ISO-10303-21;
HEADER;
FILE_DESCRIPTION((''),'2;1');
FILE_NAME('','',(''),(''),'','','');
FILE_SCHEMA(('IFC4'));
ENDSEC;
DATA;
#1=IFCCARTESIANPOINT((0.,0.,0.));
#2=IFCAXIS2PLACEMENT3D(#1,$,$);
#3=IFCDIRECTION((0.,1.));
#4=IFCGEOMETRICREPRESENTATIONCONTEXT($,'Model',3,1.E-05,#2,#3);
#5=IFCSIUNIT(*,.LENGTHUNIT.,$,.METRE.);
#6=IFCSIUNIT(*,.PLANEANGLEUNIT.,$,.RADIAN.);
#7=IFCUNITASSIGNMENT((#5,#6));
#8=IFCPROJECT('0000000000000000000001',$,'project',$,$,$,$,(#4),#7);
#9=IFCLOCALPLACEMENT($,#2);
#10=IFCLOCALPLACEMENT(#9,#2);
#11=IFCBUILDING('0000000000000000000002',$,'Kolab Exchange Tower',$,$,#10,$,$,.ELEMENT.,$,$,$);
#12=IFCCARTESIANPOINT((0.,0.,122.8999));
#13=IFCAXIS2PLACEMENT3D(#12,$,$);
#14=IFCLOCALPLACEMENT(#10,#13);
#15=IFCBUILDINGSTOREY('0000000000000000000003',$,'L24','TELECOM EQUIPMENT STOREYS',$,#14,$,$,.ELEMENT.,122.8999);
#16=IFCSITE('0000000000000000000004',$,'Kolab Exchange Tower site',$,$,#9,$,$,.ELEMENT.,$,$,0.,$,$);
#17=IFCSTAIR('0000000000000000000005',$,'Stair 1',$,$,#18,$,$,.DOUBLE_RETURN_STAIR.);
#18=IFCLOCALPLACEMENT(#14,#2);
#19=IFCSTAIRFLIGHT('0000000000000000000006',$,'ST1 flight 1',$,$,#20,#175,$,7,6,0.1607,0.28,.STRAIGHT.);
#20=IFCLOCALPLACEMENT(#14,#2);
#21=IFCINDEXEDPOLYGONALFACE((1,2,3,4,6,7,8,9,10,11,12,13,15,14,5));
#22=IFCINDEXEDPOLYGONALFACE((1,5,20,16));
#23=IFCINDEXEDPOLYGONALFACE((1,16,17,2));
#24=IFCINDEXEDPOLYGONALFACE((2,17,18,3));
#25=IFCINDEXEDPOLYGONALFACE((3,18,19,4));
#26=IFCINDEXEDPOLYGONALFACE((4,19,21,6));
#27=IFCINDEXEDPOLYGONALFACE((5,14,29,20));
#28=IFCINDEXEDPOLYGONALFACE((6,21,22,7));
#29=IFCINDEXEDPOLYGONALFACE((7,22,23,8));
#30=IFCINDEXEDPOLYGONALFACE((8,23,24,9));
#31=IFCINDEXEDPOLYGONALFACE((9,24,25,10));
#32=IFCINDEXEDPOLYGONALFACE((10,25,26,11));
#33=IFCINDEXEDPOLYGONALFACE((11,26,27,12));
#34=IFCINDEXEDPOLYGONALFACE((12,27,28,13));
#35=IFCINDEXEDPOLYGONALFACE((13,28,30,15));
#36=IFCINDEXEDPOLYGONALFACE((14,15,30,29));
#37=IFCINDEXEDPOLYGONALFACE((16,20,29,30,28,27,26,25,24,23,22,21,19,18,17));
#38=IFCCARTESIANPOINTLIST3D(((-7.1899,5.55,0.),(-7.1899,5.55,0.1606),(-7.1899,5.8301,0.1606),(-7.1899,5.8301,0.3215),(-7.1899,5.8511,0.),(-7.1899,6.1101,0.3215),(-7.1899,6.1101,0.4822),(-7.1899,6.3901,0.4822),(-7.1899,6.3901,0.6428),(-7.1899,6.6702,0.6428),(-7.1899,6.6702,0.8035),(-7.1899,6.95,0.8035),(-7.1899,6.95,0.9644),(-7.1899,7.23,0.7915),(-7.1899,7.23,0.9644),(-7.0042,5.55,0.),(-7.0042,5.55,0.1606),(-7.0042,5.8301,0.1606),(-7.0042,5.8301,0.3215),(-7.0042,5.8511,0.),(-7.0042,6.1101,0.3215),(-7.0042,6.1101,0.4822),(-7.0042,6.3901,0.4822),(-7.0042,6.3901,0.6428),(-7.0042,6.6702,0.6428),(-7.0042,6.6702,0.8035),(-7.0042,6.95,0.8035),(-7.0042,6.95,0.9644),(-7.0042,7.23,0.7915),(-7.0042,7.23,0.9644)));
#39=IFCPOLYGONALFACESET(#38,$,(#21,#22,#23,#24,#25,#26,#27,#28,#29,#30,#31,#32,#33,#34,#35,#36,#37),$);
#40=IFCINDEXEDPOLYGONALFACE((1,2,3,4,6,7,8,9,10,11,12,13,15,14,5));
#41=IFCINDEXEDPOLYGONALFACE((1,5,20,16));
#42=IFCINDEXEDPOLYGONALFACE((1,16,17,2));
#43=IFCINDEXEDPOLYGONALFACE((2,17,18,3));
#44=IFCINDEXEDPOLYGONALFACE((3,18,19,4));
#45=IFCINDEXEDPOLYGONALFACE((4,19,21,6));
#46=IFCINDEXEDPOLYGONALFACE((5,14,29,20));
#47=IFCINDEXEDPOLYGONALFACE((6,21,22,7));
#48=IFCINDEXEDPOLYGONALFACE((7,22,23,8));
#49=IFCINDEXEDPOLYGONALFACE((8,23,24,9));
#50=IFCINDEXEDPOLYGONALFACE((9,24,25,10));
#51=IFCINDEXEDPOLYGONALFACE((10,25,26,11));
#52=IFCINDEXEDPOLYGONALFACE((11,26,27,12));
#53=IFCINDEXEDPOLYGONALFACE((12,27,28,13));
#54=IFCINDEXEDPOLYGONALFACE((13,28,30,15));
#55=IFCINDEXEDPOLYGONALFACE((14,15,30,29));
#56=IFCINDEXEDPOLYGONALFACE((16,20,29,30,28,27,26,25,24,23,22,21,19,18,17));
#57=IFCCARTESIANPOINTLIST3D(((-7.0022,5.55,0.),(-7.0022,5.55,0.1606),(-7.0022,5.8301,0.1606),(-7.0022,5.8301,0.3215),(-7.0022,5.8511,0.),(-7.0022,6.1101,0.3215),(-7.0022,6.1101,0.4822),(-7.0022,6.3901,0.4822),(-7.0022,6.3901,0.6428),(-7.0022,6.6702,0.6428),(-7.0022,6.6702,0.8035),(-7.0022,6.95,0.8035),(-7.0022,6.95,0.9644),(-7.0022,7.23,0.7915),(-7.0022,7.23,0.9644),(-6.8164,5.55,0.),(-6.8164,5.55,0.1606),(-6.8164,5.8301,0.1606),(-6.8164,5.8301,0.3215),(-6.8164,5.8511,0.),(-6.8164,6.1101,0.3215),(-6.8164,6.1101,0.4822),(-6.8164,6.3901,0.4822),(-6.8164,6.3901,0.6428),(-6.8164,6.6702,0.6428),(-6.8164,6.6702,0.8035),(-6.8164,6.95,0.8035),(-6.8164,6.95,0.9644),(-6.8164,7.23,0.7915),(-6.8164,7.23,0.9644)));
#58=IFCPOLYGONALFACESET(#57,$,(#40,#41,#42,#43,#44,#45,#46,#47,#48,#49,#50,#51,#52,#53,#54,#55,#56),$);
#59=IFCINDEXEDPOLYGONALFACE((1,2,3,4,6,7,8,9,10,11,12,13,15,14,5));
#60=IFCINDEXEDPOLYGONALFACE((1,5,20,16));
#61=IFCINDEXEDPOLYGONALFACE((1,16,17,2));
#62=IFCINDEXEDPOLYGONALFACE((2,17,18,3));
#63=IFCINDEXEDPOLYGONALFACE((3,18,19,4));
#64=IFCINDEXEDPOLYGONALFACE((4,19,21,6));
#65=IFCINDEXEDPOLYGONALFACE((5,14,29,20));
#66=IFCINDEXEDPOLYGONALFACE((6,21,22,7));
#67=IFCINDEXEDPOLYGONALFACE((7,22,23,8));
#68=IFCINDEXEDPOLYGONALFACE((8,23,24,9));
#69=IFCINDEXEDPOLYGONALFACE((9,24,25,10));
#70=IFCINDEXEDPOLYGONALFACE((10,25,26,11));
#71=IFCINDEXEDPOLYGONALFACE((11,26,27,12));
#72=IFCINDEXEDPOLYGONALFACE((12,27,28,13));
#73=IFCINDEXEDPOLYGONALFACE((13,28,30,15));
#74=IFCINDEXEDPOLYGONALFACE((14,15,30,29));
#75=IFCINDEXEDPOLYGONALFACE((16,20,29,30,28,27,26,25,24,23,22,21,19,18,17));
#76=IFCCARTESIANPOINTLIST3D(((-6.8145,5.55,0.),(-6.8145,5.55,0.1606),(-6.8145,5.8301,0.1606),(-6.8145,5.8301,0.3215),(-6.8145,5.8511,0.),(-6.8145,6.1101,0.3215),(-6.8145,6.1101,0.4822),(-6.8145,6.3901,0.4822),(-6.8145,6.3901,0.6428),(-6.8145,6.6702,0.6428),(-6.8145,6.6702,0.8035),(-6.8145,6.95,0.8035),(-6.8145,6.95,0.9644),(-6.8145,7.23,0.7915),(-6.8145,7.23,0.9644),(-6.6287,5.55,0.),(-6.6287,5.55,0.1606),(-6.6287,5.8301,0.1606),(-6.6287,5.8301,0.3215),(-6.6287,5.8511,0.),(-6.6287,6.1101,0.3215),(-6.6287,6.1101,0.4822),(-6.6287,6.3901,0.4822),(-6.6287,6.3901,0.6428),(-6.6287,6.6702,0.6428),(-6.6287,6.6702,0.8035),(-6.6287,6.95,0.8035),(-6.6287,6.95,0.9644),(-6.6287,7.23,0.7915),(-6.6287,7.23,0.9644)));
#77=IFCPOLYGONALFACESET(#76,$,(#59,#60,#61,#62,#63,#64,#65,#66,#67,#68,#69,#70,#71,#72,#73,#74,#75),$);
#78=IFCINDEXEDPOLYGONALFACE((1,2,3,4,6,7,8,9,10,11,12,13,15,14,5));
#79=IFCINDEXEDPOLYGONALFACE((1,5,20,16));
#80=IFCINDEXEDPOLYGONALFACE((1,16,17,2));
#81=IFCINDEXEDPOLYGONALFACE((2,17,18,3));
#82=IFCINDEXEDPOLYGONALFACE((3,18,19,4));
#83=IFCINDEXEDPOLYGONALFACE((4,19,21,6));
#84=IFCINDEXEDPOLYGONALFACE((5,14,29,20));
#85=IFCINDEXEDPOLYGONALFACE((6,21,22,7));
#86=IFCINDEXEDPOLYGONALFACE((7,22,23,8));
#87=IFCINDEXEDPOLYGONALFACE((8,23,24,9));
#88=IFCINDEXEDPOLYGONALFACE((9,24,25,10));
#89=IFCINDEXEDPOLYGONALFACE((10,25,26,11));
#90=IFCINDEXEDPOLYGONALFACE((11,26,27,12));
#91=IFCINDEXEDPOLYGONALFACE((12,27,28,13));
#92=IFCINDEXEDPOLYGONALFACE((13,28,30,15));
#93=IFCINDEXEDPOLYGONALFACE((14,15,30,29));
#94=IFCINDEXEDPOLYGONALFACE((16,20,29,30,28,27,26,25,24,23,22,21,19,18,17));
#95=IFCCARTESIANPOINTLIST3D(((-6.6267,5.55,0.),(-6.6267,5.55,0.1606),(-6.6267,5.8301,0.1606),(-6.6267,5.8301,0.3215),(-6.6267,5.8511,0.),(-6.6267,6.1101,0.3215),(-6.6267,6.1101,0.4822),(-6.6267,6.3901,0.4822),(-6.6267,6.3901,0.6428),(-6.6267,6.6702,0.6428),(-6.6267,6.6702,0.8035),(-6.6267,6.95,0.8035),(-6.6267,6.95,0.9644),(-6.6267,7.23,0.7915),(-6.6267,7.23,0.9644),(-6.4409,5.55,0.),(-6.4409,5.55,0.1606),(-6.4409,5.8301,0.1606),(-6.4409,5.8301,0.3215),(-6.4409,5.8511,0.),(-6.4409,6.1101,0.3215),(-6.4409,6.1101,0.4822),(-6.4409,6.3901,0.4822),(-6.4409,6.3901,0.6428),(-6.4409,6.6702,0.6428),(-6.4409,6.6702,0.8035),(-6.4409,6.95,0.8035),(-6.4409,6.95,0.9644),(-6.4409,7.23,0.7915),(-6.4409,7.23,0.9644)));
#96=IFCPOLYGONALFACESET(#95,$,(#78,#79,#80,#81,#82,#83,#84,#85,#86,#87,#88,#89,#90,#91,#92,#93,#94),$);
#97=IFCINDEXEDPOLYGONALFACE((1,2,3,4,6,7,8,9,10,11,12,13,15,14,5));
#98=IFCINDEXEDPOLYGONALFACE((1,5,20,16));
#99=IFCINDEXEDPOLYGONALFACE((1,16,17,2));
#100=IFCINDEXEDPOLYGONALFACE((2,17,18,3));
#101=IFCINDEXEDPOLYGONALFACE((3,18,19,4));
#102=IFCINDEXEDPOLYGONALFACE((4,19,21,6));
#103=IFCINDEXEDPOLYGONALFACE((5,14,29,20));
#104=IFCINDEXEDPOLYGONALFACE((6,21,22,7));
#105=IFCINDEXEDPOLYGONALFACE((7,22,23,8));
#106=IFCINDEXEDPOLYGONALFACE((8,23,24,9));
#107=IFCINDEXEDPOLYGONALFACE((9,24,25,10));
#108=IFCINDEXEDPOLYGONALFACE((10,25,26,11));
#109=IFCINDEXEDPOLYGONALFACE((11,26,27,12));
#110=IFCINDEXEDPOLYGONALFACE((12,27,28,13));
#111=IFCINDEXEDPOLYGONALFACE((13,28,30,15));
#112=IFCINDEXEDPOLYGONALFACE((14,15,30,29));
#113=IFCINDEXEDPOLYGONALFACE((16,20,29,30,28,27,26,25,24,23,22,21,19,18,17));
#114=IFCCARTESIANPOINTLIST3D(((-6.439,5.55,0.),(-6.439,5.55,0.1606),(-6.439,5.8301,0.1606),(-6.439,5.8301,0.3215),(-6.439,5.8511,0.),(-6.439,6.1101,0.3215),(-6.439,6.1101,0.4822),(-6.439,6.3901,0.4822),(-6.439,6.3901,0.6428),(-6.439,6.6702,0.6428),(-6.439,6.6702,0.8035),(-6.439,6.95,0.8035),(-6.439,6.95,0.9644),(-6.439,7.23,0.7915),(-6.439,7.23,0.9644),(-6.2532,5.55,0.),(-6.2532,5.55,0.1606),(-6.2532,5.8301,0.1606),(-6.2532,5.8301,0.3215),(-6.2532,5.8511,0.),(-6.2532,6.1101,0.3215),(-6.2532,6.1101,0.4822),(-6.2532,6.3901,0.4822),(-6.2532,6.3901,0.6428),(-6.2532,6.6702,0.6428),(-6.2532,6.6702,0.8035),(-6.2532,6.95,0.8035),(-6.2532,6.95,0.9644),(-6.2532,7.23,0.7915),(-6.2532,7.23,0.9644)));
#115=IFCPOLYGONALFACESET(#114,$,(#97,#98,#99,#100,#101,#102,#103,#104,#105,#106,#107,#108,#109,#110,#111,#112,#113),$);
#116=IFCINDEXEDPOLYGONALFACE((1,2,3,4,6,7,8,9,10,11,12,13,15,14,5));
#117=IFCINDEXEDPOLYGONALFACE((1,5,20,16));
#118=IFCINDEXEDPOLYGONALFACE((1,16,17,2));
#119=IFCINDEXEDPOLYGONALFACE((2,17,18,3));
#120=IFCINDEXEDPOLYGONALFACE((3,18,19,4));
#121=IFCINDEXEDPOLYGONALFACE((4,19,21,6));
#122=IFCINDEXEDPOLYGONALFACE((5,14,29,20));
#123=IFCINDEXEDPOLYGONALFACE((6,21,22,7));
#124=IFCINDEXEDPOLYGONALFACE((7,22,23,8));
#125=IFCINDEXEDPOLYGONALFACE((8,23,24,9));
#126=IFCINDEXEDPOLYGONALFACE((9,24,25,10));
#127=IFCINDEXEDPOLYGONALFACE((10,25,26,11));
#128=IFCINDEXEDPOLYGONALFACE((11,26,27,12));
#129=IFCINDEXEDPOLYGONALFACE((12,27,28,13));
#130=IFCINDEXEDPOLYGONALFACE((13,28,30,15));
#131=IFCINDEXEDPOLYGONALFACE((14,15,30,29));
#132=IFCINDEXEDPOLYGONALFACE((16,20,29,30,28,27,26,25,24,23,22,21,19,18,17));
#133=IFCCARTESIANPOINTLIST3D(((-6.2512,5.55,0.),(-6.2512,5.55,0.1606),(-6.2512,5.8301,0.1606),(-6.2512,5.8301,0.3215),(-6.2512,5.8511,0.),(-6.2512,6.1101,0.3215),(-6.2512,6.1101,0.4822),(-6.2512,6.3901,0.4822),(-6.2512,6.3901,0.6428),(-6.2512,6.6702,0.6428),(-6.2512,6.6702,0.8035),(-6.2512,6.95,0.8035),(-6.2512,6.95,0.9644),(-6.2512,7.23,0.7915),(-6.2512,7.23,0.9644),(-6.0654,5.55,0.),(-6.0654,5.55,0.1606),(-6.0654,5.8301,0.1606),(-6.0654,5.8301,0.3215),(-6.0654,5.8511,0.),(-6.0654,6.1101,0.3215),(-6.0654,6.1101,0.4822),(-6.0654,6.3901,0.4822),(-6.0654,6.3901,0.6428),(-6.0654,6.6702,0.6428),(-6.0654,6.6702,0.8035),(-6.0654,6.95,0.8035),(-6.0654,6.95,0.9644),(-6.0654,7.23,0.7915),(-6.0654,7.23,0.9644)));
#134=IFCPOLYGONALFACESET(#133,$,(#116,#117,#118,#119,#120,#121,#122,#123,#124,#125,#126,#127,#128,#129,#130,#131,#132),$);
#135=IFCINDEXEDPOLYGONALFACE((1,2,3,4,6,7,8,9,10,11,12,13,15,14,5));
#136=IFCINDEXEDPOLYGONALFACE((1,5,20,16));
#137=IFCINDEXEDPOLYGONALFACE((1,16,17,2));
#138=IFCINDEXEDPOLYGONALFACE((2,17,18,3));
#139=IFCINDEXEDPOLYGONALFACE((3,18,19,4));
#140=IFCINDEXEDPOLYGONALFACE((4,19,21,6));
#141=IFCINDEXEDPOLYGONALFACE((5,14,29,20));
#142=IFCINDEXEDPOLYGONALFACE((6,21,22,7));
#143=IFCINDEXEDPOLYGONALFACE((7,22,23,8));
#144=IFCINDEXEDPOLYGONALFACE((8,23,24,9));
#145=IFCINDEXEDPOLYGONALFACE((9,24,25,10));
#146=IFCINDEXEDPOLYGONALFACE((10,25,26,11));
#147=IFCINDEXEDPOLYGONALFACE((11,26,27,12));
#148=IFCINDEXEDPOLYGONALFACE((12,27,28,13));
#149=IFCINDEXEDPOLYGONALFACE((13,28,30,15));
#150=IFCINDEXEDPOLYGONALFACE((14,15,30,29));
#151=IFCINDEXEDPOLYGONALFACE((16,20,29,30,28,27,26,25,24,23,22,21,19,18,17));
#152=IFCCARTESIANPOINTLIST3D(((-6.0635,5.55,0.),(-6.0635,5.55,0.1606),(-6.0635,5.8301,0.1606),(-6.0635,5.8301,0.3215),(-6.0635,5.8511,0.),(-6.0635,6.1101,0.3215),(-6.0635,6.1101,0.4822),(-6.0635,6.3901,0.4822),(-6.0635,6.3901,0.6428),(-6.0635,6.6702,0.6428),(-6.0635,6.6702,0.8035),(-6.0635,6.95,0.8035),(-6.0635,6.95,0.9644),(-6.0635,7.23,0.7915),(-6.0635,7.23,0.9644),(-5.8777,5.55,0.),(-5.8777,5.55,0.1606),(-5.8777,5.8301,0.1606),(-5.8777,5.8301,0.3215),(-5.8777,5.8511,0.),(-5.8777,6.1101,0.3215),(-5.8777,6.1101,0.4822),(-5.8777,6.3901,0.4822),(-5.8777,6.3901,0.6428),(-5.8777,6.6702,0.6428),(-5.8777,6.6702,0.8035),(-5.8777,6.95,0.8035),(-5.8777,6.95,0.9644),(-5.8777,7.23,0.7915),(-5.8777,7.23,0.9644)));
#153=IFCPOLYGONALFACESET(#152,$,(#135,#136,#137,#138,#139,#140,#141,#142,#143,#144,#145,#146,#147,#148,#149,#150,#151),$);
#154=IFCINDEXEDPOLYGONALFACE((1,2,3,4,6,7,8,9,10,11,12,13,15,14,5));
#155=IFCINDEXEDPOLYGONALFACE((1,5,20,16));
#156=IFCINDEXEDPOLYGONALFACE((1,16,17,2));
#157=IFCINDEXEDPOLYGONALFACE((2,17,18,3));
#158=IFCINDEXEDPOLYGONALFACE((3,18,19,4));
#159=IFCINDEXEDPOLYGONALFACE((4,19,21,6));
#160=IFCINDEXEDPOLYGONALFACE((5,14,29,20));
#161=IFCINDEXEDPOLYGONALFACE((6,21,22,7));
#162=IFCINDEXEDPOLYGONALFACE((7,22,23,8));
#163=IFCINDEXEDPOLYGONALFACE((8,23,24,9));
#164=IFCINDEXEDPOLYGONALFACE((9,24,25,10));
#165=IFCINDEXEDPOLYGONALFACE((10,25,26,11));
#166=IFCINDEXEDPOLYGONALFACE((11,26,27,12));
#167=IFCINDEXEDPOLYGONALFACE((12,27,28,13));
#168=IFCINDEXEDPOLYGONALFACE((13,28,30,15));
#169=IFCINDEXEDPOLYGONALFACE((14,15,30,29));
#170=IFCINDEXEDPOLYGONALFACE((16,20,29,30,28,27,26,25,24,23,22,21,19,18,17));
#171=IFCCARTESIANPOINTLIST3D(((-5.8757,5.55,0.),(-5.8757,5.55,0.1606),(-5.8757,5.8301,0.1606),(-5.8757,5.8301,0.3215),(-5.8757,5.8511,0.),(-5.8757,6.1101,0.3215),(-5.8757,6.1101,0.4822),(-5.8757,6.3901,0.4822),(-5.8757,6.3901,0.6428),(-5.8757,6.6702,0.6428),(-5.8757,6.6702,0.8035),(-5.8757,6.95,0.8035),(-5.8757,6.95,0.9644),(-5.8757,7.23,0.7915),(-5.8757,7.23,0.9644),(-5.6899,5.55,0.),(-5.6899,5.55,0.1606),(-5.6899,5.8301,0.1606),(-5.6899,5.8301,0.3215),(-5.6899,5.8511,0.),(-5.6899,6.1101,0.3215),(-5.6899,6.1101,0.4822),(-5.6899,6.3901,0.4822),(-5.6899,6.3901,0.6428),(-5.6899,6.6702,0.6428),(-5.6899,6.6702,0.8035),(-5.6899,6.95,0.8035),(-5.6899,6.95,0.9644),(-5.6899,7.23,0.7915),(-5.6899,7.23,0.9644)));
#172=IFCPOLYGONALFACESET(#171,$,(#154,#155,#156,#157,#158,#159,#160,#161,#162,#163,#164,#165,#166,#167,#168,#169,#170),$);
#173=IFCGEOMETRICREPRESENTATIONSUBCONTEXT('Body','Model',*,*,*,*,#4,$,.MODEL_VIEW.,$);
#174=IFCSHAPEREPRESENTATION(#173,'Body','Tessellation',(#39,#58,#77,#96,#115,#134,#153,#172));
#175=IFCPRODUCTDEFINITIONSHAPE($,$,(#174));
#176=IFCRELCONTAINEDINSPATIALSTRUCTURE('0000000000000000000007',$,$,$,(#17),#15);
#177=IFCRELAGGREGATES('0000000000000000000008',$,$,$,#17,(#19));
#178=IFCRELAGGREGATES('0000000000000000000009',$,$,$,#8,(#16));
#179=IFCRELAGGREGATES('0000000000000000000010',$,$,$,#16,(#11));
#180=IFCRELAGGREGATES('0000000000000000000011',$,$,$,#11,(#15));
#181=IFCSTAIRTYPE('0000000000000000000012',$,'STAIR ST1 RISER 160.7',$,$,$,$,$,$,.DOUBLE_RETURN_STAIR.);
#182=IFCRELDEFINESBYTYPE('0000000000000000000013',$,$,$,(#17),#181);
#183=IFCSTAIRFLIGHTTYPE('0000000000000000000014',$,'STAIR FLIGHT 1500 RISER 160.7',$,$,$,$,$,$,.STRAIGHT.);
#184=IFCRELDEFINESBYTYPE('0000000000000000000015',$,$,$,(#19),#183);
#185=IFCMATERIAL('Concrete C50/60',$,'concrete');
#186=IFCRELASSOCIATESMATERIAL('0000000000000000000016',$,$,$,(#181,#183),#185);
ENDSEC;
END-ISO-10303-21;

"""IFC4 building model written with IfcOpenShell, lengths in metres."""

from ifc_helpers import new_model, si_unit, direction, frame, origin, place, context, subcontext, project, spatial, polyline, outline, extrude, material, type_object, element, aggregate, save


model = new_model("IFC4")

# Units and contexts
model_context = context("Model", 3, precision=1e-05, world=origin(), true_north=direction((0.0, 1.0)))
body_context = subcontext(model_context, "Body", "Model", "MODEL_VIEW")
ifc_project = project(units=[si_unit("LENGTHUNIT", "METRE"), si_unit("PLANEANGLEUNIT", "RADIAN")], contexts=[model_context])

# Site, building, storey
site_placement = place(None, origin())
site = spatial("IfcSite", under=ifc_project, at=site_placement, Name="Kolab Exchange Tower site", CompositionType="ELEMENT", RefElevation=0.0)
building_placement = place(site_placement, origin())
building = spatial("IfcBuilding", under=site, at=building_placement, Name="Kolab Exchange Tower", CompositionType="ELEMENT")
storey_placement = place(building_placement, frame((0.0, 0.0, 122.8999)))
storey = spatial("IfcBuildingStorey", under=building, at=storey_placement, Name="L24", Description="TELECOM EQUIPMENT STOREYS", CompositionType="ELEMENT", Elevation=122.8999)

# Shared definitions
ifc_material_1 = material(Name="Concrete C50/60", Category="concrete")

# Stair, stair flight
stair_type = type_object("IfcStairType", Name="STAIR ST1 RISER 160.7", PredefinedType="DOUBLE_RETURN_STAIR", material=ifc_material_1)
stair_placement = place(storey_placement, origin())
stair = element("IfcStair", 1, at=stair_placement, inside=storey, type_object=stair_type, Name="Stair 1", PredefinedType="DOUBLE_RETURN_STAIR")
stair_flight_type = type_object("IfcStairFlightType", Name="STAIR FLIGHT 1500 RISER 160.7", PredefinedType="STRAIGHT", material=ifc_material_1)
stair_flight_1_placement = place(storey_placement, frame((-6.4399, 5.55, 0.0), z_axis=(0.0, 0.0, 1.0), x_axis=(0.0, 1.0, 0.0)))
stair_flight_1 = element("IfcStairFlight", 2, at=stair_flight_1_placement, type_object=stair_flight_type, Name="ST1 flight 1", NumberOfRisers=7, NumberOfTreads=6, PredefinedType="STRAIGHT", RiserHeight=0.1607, TreadLength=0.28, context=body_context, shape_type="SweptSolid", body=[
    extrude(outline(polyline([(0.0, 0.0), (0.0, 0.1606), (0.28, 0.1606), (0.28, 0.3215), (0.5601, 0.3215), (0.5601, 0.4822), (0.8401, 0.4822), (0.8401, 0.6428), (1.1201, 0.6428), (1.1201, 0.8035), (1.3999, 0.8035), (1.3999, 0.9644), (1.6799, 0.9644), (1.6799, 1.125), (1.6799, 0.7915), (0.301, 0.0), (0.0, 0.0)])), frame((0.0, 0.75, 0.0), z_axis=(0.0, -1.0, 0.0), x_axis=(1.0, 0.0, 0.0)), (0.0, 0.0, 1.0), 0.1858),
    extrude(outline(polyline([(0.0, 0.0), (0.0, 0.1606), (0.28, 0.1606), (0.28, 0.3215), (0.5601, 0.3215), (0.5601, 0.4822), (0.8401, 0.4822), (0.8401, 0.6428), (1.1201, 0.6428), (1.1201, 0.8035), (1.3999, 0.8035), (1.3999, 0.9644), (1.6799, 0.9644), (1.6799, 1.125), (1.6799, 0.7915), (0.301, 0.0), (0.0, 0.0)])), frame((0.0, 0.5623, 0.0), z_axis=(0.0, -1.0, 0.0), x_axis=(1.0, 0.0, 0.0)), (0.0, 0.0, 1.0), 0.1858),
    extrude(outline(polyline([(0.0, 0.0), (0.0, 0.1606), (0.28, 0.1606), (0.28, 0.3215), (0.5601, 0.3215), (0.5601, 0.4822), (0.8401, 0.4822), (0.8401, 0.6428), (1.1201, 0.6428), (1.1201, 0.8035), (1.3999, 0.8035), (1.3999, 0.9644), (1.6799, 0.9644), (1.6799, 1.125), (1.6799, 0.7915), (0.301, 0.0), (0.0, 0.0)])), frame((0.0, 0.3745, 0.0), z_axis=(0.0, -1.0, 0.0), x_axis=(1.0, 0.0, 0.0)), (0.0, 0.0, 1.0), 0.1858),
    extrude(outline(polyline([(0.0, 0.0), (0.0, 0.1606), (0.28, 0.1606), (0.28, 0.3215), (0.5601, 0.3215), (0.5601, 0.4822), (0.8401, 0.4822), (0.8401, 0.6428), (1.1201, 0.6428), (1.1201, 0.8035), (1.3999, 0.8035), (1.3999, 0.9644), (1.6799, 0.9644), (1.6799, 1.125), (1.6799, 0.7915), (0.301, 0.0), (0.0, 0.0)])), frame((0.0, 0.1868, 0.0), z_axis=(0.0, -1.0, 0.0), x_axis=(1.0, 0.0, 0.0)), (0.0, 0.0, 1.0), 0.1858),
    extrude(outline(polyline([(0.0, 0.0), (0.0, 0.1606), (0.28, 0.1606), (0.28, 0.3215), (0.5601, 0.3215), (0.5601, 0.4822), (0.8401, 0.4822), (0.8401, 0.6428), (1.1201, 0.6428), (1.1201, 0.8035), (1.3999, 0.8035), (1.3999, 0.9644), (1.6799, 0.9644), (1.6799, 1.125), (1.6799, 0.7915), (0.301, 0.0), (0.0, 0.0)])), frame((0.0, -0.001, 0.0), z_axis=(0.0, -1.0, 0.0), x_axis=(1.0, 0.0, 0.0)), (0.0, 0.0, 1.0), 0.1858),
    extrude(outline(polyline([(0.0, 0.0), (0.0, 0.1606), (0.28, 0.1606), (0.28, 0.3215), (0.5601, 0.3215), (0.5601, 0.4822), (0.8401, 0.4822), (0.8401, 0.6428), (1.1201, 0.6428), (1.1201, 0.8035), (1.3999, 0.8035), (1.3999, 0.9644), (1.6799, 0.9644), (1.6799, 1.125), (1.6799, 0.7915), (0.301, 0.0), (0.0, 0.0)])), frame((0.0, -0.1887, 0.0), z_axis=(0.0, -1.0, 0.0), x_axis=(1.0, 0.0, 0.0)), (0.0, 0.0, 1.0), 0.1858),
    extrude(outline(polyline([(0.0, 0.0), (0.0, 0.1606), (0.28, 0.1606), (0.28, 0.3215), (0.5601, 0.3215), (0.5601, 0.4822), (0.8401, 0.4822), (0.8401, 0.6428), (1.1201, 0.6428), (1.1201, 0.8035), (1.3999, 0.8035), (1.3999, 0.9644), (1.6799, 0.9644), (1.6799, 1.125), (1.6799, 0.7915), (0.301, 0.0), (0.0, 0.0)])), frame((0.0, -0.3765, 0.0), z_axis=(0.0, -1.0, 0.0), x_axis=(1.0, 0.0, 0.0)), (0.0, 0.0, 1.0), 0.1858),
    extrude(outline(polyline([(0.0, 0.0), (0.0, 0.1606), (0.28, 0.1606), (0.28, 0.3215), (0.5601, 0.3215), (0.5601, 0.4822), (0.8401, 0.4822), (0.8401, 0.6428), (1.1201, 0.6428), (1.1201, 0.8035), (1.3999, 0.8035), (1.3999, 0.9644), (1.6799, 0.9644), (1.6799, 1.125), (1.6799, 0.7915), (0.301, 0.0), (0.0, 0.0)])), frame((0.0, -0.5642, 0.0), z_axis=(0.0, -1.0, 0.0), x_axis=(1.0, 0.0, 0.0)), (0.0, 0.0, 1.0), 0.1858),
])
aggregate(stair, [stair_flight_1])

save(model, "model.ifc")
